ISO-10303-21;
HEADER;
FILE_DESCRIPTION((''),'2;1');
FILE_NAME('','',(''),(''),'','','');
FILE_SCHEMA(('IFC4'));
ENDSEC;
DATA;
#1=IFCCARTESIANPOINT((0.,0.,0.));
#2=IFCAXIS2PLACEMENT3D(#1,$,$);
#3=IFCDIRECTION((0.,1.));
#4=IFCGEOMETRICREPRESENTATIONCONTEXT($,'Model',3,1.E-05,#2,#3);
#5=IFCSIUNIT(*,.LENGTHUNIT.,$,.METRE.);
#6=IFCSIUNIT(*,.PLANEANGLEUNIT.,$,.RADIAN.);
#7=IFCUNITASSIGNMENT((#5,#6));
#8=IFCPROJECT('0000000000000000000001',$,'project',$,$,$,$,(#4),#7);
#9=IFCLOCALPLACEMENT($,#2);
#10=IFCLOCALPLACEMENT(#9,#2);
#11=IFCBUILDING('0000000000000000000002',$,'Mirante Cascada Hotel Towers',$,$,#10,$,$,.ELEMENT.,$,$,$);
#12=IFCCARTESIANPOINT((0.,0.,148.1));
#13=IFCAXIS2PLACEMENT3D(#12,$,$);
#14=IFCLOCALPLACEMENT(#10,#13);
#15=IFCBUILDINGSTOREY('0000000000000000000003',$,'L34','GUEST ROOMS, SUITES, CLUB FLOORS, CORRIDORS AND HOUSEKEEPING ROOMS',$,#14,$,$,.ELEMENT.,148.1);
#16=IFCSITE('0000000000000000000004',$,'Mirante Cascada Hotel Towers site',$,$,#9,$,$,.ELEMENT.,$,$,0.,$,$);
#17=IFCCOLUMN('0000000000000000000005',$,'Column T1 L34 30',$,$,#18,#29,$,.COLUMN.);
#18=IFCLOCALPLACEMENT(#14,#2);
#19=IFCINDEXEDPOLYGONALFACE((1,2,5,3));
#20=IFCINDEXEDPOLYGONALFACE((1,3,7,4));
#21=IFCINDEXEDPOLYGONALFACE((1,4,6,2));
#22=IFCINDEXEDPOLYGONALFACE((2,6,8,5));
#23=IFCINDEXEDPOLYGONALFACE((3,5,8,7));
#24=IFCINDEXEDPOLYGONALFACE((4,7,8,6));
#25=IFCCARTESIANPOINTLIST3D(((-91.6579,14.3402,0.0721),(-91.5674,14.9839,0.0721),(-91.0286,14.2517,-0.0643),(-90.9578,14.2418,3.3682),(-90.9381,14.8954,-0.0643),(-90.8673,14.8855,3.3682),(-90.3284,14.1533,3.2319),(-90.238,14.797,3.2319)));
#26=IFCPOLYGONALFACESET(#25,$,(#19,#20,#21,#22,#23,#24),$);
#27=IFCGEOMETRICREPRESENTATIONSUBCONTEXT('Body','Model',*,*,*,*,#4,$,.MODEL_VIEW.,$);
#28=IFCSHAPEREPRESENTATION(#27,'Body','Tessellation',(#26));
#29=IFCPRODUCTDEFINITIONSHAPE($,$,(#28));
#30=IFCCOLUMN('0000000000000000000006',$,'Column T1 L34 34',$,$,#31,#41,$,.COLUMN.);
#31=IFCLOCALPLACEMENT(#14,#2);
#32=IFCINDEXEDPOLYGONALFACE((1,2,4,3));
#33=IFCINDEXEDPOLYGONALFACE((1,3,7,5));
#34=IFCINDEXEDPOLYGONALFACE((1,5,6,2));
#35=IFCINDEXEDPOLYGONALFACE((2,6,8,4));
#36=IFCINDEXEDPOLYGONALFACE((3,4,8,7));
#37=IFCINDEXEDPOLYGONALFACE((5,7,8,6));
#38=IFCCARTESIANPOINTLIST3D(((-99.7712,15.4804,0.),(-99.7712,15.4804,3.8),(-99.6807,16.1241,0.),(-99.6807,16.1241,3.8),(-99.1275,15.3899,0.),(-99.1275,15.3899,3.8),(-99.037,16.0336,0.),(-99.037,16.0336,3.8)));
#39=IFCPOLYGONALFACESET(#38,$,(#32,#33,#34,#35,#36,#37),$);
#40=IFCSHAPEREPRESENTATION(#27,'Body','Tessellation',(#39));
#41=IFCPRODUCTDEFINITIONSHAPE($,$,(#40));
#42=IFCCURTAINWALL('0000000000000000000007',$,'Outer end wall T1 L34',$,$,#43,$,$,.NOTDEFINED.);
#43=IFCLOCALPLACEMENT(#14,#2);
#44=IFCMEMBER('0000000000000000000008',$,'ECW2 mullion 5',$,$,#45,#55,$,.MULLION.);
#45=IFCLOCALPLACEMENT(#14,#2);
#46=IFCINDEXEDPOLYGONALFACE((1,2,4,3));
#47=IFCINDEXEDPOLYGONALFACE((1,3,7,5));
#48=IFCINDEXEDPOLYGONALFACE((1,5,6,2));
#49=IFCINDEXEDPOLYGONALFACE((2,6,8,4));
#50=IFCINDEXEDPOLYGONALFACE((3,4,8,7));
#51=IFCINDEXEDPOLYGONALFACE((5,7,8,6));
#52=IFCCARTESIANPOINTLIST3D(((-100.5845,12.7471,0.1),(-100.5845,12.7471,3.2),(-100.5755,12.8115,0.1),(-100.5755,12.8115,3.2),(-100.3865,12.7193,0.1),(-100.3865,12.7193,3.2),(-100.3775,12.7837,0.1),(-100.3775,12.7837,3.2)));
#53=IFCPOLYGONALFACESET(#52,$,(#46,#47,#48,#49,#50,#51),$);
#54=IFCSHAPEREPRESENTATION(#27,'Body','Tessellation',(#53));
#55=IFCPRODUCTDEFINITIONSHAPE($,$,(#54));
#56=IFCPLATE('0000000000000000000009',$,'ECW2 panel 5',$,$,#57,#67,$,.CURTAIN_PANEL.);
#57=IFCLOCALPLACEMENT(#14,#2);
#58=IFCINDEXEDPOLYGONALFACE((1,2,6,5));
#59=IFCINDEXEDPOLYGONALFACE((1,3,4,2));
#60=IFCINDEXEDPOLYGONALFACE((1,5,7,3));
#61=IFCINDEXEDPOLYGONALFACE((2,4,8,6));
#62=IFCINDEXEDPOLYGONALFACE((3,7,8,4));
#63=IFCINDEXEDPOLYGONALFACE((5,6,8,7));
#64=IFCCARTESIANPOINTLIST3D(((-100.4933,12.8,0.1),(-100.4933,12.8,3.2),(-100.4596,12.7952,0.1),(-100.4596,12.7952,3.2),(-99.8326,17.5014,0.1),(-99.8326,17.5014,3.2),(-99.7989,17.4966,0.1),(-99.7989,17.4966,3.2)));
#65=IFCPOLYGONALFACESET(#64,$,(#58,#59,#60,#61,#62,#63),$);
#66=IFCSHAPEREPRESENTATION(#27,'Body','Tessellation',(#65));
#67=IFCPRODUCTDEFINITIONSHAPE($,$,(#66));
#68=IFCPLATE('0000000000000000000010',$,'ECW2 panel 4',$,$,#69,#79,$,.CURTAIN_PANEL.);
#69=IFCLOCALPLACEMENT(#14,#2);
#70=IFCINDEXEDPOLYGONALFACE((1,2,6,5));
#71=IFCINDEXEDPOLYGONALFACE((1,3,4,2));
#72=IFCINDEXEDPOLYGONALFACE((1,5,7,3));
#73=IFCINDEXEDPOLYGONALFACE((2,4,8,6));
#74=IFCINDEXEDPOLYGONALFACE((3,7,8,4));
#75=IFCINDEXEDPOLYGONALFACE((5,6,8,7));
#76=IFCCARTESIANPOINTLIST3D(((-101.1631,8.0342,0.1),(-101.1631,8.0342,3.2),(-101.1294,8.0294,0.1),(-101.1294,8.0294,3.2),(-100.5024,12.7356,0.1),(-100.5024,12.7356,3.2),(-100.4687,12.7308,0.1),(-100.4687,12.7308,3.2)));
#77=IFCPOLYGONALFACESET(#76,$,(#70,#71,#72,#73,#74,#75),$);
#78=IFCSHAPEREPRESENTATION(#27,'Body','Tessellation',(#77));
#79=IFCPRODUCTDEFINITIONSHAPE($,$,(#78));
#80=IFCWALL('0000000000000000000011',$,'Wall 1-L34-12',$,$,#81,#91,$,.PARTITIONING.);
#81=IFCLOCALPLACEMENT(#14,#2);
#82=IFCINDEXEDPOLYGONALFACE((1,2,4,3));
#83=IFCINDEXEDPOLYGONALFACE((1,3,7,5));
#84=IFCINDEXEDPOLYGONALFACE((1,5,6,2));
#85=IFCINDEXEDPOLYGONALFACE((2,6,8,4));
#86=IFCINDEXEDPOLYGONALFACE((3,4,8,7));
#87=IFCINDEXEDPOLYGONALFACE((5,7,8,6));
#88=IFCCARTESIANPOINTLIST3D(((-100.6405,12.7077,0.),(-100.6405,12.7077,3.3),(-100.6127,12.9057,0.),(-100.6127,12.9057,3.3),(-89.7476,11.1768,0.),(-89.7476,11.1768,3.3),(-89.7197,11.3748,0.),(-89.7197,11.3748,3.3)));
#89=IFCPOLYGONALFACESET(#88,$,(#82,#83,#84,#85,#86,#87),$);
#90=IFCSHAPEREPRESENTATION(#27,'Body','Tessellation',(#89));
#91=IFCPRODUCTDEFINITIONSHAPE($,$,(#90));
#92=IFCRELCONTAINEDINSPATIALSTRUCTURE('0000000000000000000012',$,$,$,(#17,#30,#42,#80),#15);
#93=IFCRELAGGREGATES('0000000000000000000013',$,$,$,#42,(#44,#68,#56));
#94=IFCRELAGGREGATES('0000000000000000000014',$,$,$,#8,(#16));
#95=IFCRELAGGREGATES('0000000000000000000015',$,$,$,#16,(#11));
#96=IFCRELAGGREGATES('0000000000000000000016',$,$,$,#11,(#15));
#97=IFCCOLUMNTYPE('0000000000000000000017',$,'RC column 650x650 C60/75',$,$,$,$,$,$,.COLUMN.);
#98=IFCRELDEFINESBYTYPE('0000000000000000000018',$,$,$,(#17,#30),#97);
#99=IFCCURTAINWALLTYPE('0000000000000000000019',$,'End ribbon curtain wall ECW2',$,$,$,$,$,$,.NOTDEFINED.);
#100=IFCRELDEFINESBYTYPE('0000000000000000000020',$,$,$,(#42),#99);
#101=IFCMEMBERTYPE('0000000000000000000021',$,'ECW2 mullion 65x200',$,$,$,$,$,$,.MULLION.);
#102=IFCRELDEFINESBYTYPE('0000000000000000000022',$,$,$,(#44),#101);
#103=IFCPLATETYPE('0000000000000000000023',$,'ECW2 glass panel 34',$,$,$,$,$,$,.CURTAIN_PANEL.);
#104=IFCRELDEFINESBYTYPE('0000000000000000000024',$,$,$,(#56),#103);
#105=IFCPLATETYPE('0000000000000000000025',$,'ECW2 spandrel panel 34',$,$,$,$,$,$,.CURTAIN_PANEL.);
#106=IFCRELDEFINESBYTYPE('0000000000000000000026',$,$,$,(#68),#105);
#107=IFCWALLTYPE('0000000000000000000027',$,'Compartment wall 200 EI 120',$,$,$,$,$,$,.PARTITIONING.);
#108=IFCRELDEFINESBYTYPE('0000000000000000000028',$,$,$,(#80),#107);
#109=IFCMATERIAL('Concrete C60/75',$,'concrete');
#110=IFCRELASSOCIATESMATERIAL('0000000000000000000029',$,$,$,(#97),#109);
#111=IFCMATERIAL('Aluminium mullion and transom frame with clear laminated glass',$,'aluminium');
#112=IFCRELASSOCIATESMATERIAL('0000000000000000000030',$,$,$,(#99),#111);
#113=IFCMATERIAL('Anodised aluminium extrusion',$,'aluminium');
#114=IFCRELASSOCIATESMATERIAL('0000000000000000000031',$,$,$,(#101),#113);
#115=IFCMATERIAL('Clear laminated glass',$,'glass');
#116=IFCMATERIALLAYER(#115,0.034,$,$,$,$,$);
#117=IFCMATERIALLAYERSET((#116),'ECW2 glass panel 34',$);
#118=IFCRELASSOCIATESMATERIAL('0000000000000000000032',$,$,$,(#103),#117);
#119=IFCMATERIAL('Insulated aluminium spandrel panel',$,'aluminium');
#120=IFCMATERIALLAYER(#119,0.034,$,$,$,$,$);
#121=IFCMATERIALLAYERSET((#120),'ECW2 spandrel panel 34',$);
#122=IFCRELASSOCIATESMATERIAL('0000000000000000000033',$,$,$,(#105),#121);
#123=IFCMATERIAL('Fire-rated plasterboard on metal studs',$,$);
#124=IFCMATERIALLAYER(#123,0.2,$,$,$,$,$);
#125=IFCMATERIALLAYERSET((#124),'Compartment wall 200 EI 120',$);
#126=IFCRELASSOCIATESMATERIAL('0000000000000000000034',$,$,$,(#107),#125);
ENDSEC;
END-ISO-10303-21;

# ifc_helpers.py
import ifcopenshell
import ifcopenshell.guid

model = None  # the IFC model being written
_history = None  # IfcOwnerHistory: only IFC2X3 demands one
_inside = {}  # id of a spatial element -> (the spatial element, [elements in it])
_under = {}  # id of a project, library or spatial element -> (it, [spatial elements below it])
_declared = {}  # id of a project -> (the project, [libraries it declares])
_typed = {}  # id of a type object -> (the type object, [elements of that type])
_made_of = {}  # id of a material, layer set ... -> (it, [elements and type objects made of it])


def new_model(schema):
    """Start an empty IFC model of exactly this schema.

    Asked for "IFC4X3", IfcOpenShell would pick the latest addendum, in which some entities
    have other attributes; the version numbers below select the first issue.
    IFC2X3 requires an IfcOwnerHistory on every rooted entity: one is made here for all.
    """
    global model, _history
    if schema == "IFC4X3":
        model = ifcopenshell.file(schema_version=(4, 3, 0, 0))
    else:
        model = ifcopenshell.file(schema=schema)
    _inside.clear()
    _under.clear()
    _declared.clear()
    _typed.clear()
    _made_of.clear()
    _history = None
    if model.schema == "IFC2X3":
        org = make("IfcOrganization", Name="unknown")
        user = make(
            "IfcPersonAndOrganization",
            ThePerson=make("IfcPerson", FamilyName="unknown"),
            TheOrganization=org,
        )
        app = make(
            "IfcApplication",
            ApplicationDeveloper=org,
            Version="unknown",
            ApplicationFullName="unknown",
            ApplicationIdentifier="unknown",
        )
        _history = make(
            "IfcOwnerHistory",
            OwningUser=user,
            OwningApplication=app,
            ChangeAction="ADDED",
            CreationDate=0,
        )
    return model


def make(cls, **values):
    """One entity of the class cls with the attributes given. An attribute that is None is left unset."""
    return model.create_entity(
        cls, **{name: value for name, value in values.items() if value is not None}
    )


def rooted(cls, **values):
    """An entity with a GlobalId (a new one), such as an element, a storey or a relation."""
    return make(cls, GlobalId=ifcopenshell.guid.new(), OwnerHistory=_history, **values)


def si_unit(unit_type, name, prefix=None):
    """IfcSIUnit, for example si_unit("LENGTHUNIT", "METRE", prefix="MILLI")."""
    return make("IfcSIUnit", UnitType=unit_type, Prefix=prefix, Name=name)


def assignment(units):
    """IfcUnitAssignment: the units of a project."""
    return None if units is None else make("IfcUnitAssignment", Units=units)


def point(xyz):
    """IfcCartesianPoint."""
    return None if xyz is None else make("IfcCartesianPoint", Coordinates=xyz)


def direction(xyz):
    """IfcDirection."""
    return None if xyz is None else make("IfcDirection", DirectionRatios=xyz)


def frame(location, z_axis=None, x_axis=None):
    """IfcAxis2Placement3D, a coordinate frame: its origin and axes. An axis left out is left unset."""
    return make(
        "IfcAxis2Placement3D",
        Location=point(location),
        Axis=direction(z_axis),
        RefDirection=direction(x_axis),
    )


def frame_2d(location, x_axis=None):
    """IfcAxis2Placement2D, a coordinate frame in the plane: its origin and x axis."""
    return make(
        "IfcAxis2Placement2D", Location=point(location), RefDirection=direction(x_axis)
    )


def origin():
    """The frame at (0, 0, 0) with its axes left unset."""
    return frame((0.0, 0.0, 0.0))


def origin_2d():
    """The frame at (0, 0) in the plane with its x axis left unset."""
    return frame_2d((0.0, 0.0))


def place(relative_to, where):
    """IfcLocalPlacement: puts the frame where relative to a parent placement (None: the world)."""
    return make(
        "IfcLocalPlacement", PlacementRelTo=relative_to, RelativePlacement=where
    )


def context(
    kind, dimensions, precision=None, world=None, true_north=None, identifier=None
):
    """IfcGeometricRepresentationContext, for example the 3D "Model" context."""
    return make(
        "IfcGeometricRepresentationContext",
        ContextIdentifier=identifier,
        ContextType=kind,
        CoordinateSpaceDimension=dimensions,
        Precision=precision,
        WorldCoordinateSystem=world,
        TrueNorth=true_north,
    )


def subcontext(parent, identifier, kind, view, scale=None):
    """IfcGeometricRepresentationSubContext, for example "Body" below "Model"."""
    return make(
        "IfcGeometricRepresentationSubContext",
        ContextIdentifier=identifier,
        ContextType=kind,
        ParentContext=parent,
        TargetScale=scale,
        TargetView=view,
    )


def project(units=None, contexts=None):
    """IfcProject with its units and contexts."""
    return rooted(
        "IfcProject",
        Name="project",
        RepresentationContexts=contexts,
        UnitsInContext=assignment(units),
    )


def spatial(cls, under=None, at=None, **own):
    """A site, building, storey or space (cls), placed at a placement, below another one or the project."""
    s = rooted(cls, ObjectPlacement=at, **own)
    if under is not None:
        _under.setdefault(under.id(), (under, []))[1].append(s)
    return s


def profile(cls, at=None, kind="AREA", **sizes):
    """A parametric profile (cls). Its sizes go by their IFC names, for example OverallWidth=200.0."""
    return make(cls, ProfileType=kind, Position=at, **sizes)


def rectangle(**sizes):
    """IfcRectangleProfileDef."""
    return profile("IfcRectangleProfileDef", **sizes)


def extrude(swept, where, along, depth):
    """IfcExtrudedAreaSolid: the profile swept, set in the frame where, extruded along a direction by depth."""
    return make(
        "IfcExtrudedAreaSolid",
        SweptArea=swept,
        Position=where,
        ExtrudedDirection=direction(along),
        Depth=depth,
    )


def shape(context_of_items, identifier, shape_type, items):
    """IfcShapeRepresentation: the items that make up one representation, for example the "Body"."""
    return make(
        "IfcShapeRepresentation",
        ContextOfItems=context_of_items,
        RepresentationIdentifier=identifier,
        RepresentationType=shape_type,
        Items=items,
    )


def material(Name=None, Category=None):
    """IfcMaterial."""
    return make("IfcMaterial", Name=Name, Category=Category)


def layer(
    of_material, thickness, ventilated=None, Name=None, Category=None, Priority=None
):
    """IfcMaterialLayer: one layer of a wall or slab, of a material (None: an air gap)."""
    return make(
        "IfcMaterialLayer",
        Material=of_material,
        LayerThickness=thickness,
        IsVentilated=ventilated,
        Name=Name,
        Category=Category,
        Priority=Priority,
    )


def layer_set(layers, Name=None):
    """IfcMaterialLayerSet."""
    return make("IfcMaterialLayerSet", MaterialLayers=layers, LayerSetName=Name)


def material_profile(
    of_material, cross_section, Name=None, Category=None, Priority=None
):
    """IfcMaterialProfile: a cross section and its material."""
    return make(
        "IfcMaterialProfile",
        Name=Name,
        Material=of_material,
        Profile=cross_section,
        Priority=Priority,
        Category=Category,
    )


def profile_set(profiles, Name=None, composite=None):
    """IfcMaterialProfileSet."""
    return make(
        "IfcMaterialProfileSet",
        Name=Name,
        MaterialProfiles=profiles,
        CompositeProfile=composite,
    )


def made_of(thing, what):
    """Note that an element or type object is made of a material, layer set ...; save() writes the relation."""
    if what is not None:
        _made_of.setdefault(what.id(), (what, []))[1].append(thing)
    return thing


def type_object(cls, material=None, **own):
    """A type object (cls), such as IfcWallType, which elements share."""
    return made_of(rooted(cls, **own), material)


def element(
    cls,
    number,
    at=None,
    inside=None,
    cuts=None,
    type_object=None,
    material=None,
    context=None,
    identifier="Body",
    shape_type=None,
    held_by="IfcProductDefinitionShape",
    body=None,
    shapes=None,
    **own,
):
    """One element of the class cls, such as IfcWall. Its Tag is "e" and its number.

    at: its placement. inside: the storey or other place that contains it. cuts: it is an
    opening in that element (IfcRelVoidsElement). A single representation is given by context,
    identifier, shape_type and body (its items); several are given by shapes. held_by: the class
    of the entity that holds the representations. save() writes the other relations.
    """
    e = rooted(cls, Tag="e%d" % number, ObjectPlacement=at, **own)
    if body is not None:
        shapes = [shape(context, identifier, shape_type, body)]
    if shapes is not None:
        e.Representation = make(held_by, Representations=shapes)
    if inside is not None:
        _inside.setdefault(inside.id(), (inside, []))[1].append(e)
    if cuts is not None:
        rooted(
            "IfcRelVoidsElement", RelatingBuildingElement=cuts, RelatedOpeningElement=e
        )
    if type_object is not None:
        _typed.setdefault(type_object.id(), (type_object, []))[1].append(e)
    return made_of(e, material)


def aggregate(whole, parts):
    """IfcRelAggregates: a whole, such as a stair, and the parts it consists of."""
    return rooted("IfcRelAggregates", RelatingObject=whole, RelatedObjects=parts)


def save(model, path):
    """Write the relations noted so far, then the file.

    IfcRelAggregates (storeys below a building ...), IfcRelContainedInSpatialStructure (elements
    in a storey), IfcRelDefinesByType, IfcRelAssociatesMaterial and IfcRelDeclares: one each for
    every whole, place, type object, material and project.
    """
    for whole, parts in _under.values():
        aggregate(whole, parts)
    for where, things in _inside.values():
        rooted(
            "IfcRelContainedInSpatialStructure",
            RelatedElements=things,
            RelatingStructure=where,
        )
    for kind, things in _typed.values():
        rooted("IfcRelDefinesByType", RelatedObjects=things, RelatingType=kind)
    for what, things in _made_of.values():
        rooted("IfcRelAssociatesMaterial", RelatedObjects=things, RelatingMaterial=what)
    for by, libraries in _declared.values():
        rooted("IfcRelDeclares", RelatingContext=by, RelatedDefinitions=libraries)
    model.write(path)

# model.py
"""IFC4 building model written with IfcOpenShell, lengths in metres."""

from ifc_helpers import new_model, si_unit, direction, frame, frame_2d, origin, origin_2d, place, context, subcontext, project, spatial, rectangle, extrude, material, layer, layer_set, material_profile, profile_set, type_object, element, aggregate, save


model = new_model("IFC4")

# Units and contexts
model_context = context("Model", 3, precision=1e-05, world=origin(), true_north=direction((0.0, 1.0)))
body_context = subcontext(model_context, "Body", "Model", "MODEL_VIEW")
ifc_project = project(units=[si_unit("LENGTHUNIT", "METRE"), si_unit("PLANEANGLEUNIT", "RADIAN")], contexts=[model_context])

# Site, building, storey
site_placement = place(None, origin())
site = spatial("IfcSite", under=ifc_project, at=site_placement, Name="Mirante Cascada Hotel Towers site", CompositionType="ELEMENT", RefElevation=0.0)
building_placement = place(site_placement, origin())
building = spatial("IfcBuilding", under=site, at=building_placement, Name="Mirante Cascada Hotel Towers", CompositionType="ELEMENT")
storey_placement = place(building_placement, frame((0.0, 0.0, 148.1)))
storey = spatial("IfcBuildingStorey", under=building, at=storey_placement, Name="L34", Description="GUEST ROOMS, SUITES, CLUB FLOORS, CORRIDORS AND HOUSEKEEPING ROOMS", CompositionType="ELEMENT", Elevation=148.1)

# Columns
ifc_material_1 = material(Name="Concrete C60/75", Category="concrete")
ifc_material_profile_1 = material_profile(ifc_material_1, rectangle(XDim=0.65, YDim=0.65, at=origin_2d()), Name="RC column 650x650 C60/75")
ifc_profile_set_1 = profile_set([ifc_material_profile_1], Name="Concrete C60/75")
column_type = type_object("IfcColumnType", Name="RC column 650x650 C60/75", PredefinedType="COLUMN", material=ifc_profile_set_1)
column_1_placement = place(storey_placement, frame((-91.298, 14.6178, 0.0039), z_axis=(0.207679, -0.02919, 0.977761), x_axis=(0.139183, 0.990267, 0.0)))
element("IfcColumn", 1, at=column_1_placement, inside=storey, type_object=column_type, Name="Column T1 L34 30", PredefinedType="COLUMN", context=body_context, shape_type="SweptSolid", body=[
    extrude(rectangle(XDim=0.65, YDim=0.65, at=origin_2d()), origin(), (0.0, 0.0, 1.0), 3.3711),
])
column_2_placement = place(storey_placement, frame((-99.4041, 15.757, 0.0), z_axis=(0.0, 0.0, 1.0), x_axis=(-0.990268, 0.139173, 0.0)))
element("IfcColumn", 2, at=column_2_placement, inside=storey, type_object=column_type, Name="Column T1 L34 34", PredefinedType="COLUMN", context=body_context, shape_type="SweptSolid", body=[
    extrude(rectangle(XDim=0.65, YDim=0.65, at=origin_2d()), origin(), (0.0, 0.0, 1.0), 3.8),
])

# Curtain wall, member, plates
ifc_material_2 = material(Name="Aluminium mullion and transom frame with clear laminated glass", Category="aluminium")
curtain_wall_type = type_object("IfcCurtainWallType", Name="End ribbon curtain wall ECW2", PredefinedType="NOTDEFINED", material=ifc_material_2)
curtain_wall_placement = place(storey_placement, origin())
curtain_wall = element("IfcCurtainWall", 3, at=curtain_wall_placement, inside=storey, type_object=curtain_wall_type, Name="Outer end wall T1 L34", PredefinedType="NOTDEFINED")
ifc_material_3 = material(Name="Anodised aluminium extrusion", Category="aluminium")
ifc_material_profile_2 = material_profile(ifc_material_3, rectangle(XDim=0.2, YDim=0.065, at=origin_2d()), Name="ECW2 MULLION 65x200")
ifc_profile_set_2 = profile_set([ifc_material_profile_2], Name="Anodised aluminium extrusion")
member_type = type_object("IfcMemberType", Name="ECW2 mullion 65x200", PredefinedType="MULLION", material=ifc_profile_set_2)
member_placement = place(storey_placement, frame((-100.481, 12.7654, 0.1), z_axis=(0.0, 0.0, 1.0), x_axis=(-0.990268, 0.139173, 0.0)))
member = element("IfcMember", 4, at=member_placement, type_object=member_type, Name="ECW2 mullion 5", PredefinedType="MULLION", context=body_context, shape_type="SweptSolid", body=[
    extrude(rectangle(XDim=0.2, YDim=0.065, at=origin_2d()), origin(), (0.0, 0.0, 1.0), 3.1),
])
ifc_material_4 = material(Name="Clear laminated glass", Category="glass")
ifc_layer_1 = layer(ifc_material_4, 0.034)
ifc_layer_set_1 = layer_set([ifc_layer_1], Name="ECW2 glass panel 34")
plate_type_1 = type_object("IfcPlateType", Name="ECW2 glass panel 34", PredefinedType="CURTAIN_PANEL", material=ifc_layer_set_1)
plate_1_placement = place(storey_placement, frame((-100.1461, 15.1483, 0.1), z_axis=(0.0, 0.0, 1.0), x_axis=(0.139173, 0.990268, 0.0)))
plate_1 = element("IfcPlate", 5, at=plate_1_placement, type_object=plate_type_1, Name="ECW2 panel 5", PredefinedType="CURTAIN_PANEL", context=body_context, shape_type="SweptSolid", body=[
    extrude(rectangle(XDim=4.7476, YDim=0.034, at=origin_2d()), origin(), (0.0, 0.0, 1.0), 3.1),
])
ifc_material_5 = material(Name="Insulated aluminium spandrel panel", Category="aluminium")
ifc_layer_2 = layer(ifc_material_5, 0.034)
ifc_layer_set_2 = layer_set([ifc_layer_2], Name="ECW2 spandrel panel 34")
plate_type_2 = type_object("IfcPlateType", Name="ECW2 spandrel panel 34", PredefinedType="CURTAIN_PANEL", material=ifc_layer_set_2)
plate_2_placement = place(storey_placement, frame((-100.8159, 10.3825, 0.1), z_axis=(0.0, 0.0, 1.0), x_axis=(0.139173, 0.990268, 0.0)))
plate_2 = element("IfcPlate", 6, at=plate_2_placement, type_object=plate_type_2, Name="ECW2 panel 4", PredefinedType="CURTAIN_PANEL", context=body_context, shape_type="SweptSolid", body=[
    extrude(rectangle(XDim=4.7476, YDim=0.034, at=origin_2d()), origin(), (0.0, 0.0, 1.0), 3.1),
])
aggregate(curtain_wall, [member, plate_2, plate_1])

# Wall
ifc_material_6 = material(Name="Fire-rated plasterboard on metal studs")
ifc_layer_3 = layer(ifc_material_6, 0.2)
ifc_layer_set_3 = layer_set([ifc_layer_3], Name="Compartment wall 200 EI 120")
wall_type_1 = type_object("IfcWallType", Name="Compartment wall 200 EI 120", PredefinedType="PARTITIONING", material=ifc_layer_set_3)
wall_1_placement = place(storey_placement, frame((-100.6266, 12.8067, 0.0), z_axis=(0.0, 0.0, 1.0), x_axis=(0.990268, -0.139173, 0.0)))
element("IfcWall", 7, at=wall_1_placement, inside=storey, type_object=wall_type_1, Name="Wall 1-L34-12", PredefinedType="PARTITIONING", context=body_context, shape_type="SweptSolid", body=[
    extrude(rectangle(XDim=11.0, YDim=0.2, at=frame_2d((5.5, 0.0))), origin(), (0.0, 0.0, 1.0), 3.3),
])

save(model, "model.ifc")
